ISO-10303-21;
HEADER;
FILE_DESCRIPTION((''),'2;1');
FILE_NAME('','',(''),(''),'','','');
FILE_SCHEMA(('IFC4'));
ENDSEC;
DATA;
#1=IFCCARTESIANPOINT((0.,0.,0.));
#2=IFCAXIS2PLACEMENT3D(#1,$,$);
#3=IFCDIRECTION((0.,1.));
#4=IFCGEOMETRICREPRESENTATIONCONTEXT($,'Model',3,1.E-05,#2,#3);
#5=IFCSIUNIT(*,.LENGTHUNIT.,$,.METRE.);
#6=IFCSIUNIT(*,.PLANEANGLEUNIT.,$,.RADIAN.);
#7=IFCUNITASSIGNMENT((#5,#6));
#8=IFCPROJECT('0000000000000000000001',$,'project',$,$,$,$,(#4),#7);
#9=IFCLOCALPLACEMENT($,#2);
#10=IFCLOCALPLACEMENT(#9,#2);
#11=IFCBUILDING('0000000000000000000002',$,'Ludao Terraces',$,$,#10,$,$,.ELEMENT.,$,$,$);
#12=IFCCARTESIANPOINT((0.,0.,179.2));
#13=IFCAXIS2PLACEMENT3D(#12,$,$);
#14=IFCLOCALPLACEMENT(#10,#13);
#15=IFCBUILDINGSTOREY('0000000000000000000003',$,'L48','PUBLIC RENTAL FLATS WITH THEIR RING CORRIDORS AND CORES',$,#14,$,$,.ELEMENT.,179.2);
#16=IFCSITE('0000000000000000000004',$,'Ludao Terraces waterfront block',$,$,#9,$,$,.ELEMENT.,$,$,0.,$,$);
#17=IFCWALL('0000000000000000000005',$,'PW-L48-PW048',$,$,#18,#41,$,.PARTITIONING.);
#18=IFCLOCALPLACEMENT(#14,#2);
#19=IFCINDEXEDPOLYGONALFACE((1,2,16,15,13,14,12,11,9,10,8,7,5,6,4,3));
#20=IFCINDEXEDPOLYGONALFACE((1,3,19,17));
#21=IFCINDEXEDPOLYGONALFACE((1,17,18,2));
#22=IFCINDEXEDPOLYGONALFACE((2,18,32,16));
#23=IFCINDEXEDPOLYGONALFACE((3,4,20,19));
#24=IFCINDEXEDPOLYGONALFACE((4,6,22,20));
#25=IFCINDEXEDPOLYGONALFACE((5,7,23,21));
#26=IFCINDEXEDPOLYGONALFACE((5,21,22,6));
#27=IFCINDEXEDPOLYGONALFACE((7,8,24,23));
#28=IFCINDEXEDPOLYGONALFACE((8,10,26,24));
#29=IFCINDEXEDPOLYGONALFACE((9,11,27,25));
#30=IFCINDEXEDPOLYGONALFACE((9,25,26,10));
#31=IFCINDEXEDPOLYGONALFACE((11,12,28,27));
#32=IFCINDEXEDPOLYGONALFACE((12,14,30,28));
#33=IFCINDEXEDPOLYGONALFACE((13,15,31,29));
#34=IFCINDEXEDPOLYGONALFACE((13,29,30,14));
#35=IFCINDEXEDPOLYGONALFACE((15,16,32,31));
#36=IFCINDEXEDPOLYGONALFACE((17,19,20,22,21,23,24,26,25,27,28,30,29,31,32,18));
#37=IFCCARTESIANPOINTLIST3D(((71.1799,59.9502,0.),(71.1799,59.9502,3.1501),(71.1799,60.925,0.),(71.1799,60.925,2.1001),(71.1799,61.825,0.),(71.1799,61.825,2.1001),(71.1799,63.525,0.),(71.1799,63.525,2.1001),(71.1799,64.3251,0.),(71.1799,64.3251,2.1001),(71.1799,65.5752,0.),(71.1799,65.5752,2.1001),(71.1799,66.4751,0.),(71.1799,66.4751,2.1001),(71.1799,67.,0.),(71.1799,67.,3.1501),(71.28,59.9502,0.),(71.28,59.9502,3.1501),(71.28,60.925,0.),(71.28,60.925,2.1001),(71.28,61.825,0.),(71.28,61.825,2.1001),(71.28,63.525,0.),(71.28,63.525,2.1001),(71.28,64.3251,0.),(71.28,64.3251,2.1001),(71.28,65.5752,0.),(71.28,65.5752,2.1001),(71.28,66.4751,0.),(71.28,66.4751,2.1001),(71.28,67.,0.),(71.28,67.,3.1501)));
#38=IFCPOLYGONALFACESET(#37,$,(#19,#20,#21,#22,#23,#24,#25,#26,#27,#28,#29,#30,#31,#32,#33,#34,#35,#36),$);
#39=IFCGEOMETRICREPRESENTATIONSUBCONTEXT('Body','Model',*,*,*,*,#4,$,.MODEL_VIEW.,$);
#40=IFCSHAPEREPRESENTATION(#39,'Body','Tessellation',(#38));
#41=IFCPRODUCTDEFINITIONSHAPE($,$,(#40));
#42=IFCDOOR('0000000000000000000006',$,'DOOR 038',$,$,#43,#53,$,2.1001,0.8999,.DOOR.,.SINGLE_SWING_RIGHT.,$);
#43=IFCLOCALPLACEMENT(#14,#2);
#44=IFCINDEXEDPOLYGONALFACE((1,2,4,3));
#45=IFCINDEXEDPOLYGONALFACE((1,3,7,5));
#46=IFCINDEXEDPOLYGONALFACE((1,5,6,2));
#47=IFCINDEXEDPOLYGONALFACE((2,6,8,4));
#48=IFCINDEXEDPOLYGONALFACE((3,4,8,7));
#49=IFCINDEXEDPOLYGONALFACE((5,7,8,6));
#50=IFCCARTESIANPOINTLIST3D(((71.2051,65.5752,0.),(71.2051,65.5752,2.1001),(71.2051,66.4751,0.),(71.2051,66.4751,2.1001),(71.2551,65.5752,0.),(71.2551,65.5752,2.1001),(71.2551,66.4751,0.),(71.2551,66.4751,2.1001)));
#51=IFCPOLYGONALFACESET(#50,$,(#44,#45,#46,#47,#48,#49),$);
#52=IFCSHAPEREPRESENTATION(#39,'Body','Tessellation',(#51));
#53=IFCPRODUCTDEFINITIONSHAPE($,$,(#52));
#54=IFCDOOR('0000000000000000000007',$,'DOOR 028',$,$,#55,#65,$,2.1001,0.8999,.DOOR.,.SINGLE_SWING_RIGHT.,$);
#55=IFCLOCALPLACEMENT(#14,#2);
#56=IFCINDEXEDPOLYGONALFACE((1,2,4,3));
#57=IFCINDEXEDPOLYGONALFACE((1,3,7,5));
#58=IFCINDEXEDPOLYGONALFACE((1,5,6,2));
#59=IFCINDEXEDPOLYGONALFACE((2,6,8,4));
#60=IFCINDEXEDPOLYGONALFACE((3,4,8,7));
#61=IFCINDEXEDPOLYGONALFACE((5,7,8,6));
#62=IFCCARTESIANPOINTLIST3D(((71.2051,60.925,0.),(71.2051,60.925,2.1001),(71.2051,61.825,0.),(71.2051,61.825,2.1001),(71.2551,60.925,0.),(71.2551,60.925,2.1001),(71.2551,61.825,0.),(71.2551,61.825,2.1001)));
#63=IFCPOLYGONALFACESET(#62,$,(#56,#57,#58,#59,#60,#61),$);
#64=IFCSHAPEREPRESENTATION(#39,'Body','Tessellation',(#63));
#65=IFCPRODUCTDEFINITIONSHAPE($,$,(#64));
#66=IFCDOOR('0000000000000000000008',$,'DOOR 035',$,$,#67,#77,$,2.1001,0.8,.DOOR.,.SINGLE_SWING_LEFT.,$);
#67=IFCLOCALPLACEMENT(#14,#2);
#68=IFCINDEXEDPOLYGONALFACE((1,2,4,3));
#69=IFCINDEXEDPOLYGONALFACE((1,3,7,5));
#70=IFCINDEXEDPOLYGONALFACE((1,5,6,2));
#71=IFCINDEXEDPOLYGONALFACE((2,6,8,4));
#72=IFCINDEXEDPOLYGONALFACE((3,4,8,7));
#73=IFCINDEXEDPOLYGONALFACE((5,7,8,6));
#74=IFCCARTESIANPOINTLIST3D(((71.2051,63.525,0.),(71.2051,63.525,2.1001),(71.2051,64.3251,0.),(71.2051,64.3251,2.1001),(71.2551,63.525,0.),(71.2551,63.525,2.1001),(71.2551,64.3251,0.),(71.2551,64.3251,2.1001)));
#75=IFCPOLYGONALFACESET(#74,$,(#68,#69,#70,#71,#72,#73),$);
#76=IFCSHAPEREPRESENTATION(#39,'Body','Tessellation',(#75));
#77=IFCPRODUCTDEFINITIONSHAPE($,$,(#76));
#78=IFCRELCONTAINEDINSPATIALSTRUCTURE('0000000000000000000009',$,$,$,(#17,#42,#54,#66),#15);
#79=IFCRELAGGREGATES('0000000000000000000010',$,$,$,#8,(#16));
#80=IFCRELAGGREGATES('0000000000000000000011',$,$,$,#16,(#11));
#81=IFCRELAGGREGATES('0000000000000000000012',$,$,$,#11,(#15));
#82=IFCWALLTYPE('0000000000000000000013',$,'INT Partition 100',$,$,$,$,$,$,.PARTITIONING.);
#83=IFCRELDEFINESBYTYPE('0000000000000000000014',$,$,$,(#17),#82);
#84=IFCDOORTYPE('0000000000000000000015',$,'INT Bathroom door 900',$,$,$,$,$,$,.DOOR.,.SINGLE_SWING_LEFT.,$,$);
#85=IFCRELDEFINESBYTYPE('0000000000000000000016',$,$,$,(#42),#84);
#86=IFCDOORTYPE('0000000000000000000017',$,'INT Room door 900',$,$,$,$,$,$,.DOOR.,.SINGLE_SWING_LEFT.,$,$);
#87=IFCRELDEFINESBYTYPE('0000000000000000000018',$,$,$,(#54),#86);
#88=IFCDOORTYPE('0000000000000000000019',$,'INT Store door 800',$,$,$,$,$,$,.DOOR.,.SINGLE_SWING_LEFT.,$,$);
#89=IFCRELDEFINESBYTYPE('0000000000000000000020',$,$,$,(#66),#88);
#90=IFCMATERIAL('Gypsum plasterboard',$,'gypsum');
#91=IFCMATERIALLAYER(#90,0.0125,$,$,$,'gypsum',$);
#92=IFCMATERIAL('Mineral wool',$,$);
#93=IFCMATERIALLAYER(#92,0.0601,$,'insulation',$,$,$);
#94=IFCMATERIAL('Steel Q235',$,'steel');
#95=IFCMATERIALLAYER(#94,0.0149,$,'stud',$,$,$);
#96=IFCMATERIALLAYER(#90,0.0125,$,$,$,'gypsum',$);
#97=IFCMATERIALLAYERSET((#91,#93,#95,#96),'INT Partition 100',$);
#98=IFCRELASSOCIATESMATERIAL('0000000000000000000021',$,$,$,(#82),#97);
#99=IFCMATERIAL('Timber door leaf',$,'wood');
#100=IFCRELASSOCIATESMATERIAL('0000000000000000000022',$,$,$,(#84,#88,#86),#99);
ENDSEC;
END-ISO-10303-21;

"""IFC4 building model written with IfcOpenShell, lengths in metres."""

from ifc_helpers import new_model, si_unit, direction, frame, frame_2d, origin, place, context, subcontext, project, spatial, rectangle, extrude, material, layer, layer_set, type_object, element, fill, save


model = new_model("IFC4")

# Units and contexts
model_context = context("Model", 3, precision=1e-05, world=origin(), true_north=direction((0.0, 1.0)))
body_context = subcontext(model_context, "Body", "Model", "MODEL_VIEW")
ifc_project = project(units=[si_unit("LENGTHUNIT", "METRE"), si_unit("PLANEANGLEUNIT", "RADIAN")], contexts=[model_context])

# Site, building, storey
site_placement = place(None, origin())
site = spatial("IfcSite", under=ifc_project, at=site_placement, Name="Ludao Terraces waterfront block", CompositionType="ELEMENT", RefElevation=0.0)
building_placement = place(site_placement, origin())
building = spatial("IfcBuilding", under=site, at=building_placement, Name="Ludao Terraces", CompositionType="ELEMENT")
storey_placement = place(building_placement, frame((0.0, 0.0, 179.2)))
storey = spatial("IfcBuildingStorey", under=building, at=storey_placement, Name="L48", Description="PUBLIC RENTAL FLATS WITH THEIR RING CORRIDORS AND CORES", CompositionType="ELEMENT", Elevation=179.2)

# Shared definitions
ifc_material_1 = material(Name="Timber door leaf", Category="wood")
ifc_material_2 = material(Name="Steel Q235", Category="steel")

# Shared definitions
ifc_material_3 = material(Name="Gypsum plasterboard", Category="gypsum")
ifc_layer_1 = layer(ifc_material_3, 0.0125, Category="gypsum")
ifc_material_4 = material(Name="Mineral wool")
ifc_layer_2 = layer(ifc_material_4, 0.0601, Name="insulation")
ifc_layer_3 = layer(ifc_material_2, 0.0149, Name="stud")
ifc_layer_4 = layer(ifc_material_3, 0.0125, Category="gypsum")
ifc_layer_set_1 = layer_set([ifc_layer_1, ifc_layer_2, ifc_layer_3, ifc_layer_4], Name="INT Partition 100")
wall_type_1 = type_object("IfcWallType", Name="INT Partition 100", PredefinedType="PARTITIONING", material=ifc_layer_set_1)

# Wall, openings, doors
door_type_1 = type_object("IfcDoorType", Name="INT Bathroom door 900", OperationType="SINGLE_SWING_LEFT", PredefinedType="DOOR", material=ifc_material_1)
door_type_2 = type_object("IfcDoorType", Name="INT Store door 800", OperationType="SINGLE_SWING_LEFT", PredefinedType="DOOR", material=ifc_material_1)
wall_1_placement = place(storey_placement, frame((71.23, 59.9502, 0.0), z_axis=(0.0, 0.0, 1.0), x_axis=(0.0, 1.0, 0.0)))
wall_1 = element("IfcWall", 1, at=wall_1_placement, inside=storey, type_object=wall_type_1, Name="PW-L48-PW048", PredefinedType="PARTITIONING", context=body_context, shape_type="SweptSolid", body=[
    extrude(rectangle(XDim=7.0498, YDim=0.1001, at=frame_2d((3.5249, 0.0))), origin(), (0.0, 0.0, 1.0), 3.1501),
])
opening_1_placement = place(wall_1_placement, frame((0.9749, 0.0, 0.0)))
opening_1 = element("IfcOpeningElement", 2, at=opening_1_placement, cuts=wall_1, PredefinedType="OPENING", context=body_context, shape_type="SweptSolid", body=[
    extrude(rectangle(XDim=0.8999, YDim=2.1001, at=frame_2d((0.45, 1.05))), frame((0.0, 0.0601, 0.0), z_axis=(0.0, -1.0, 0.0), x_axis=(1.0, 0.0, 0.0)), (0.0, 0.0, 1.0), 0.1201),
])
opening_2_placement = place(wall_1_placement, frame((3.575, 0.0, 0.0)))
opening_2 = element("IfcOpeningElement", 3, at=opening_2_placement, cuts=wall_1, PredefinedType="OPENING", context=body_context, shape_type="SweptSolid", body=[
    extrude(rectangle(XDim=0.8, YDim=2.1001, at=frame_2d((0.3999, 1.05))), frame((0.0, 0.0601, 0.0), z_axis=(0.0, -1.0, 0.0), x_axis=(1.0, 0.0, 0.0)), (0.0, 0.0, 1.0), 0.1201),
])
opening_3_placement = place(wall_1_placement, frame((5.625, 0.0, 0.0)))
opening_3 = element("IfcOpeningElement", 4, at=opening_3_placement, cuts=wall_1, PredefinedType="OPENING", context=body_context, shape_type="SweptSolid", body=[
    extrude(rectangle(XDim=0.8999, YDim=2.1001, at=frame_2d((0.45, 1.05))), frame((0.0, 0.0601, 0.0), z_axis=(0.0, -1.0, 0.0), x_axis=(1.0, 0.0, 0.0)), (0.0, 0.0, 1.0), 0.1201),
])
door_1_placement = place(opening_3_placement, origin())
door_1 = element("IfcDoor", 5, at=door_1_placement, inside=storey, type_object=door_type_1, Name="DOOR 038", OperationType="SINGLE_SWING_RIGHT", OverallHeight=2.1001, OverallWidth=0.8999, PredefinedType="DOOR", context=body_context, shape_type="SweptSolid", body=[
    extrude(rectangle(XDim=0.8999, YDim=2.1001, at=frame_2d((0.45, 1.05))), frame((0.0, 0.0249, 0.0), z_axis=(0.0, -1.0, 0.0), x_axis=(1.0, 0.0, 0.0)), (0.0, 0.0, 1.0), 0.05),
])
fill(opening_3, door_1)
door_type_3 = type_object("IfcDoorType", Name="INT Room door 900", OperationType="SINGLE_SWING_LEFT", PredefinedType="DOOR", material=ifc_material_1)
door_2_placement = place(opening_1_placement, origin())
door_2 = element("IfcDoor", 6, at=door_2_placement, inside=storey, type_object=door_type_3, Name="DOOR 028", OperationType="SINGLE_SWING_RIGHT", OverallHeight=2.1001, OverallWidth=0.8999, PredefinedType="DOOR", context=body_context, shape_type="SweptSolid", body=[
    extrude(rectangle(XDim=0.8999, YDim=2.1001, at=frame_2d((0.45, 1.05))), frame((0.0, 0.0249, 0.0), z_axis=(0.0, -1.0, 0.0), x_axis=(1.0, 0.0, 0.0)), (0.0, 0.0, 1.0), 0.05),
])
fill(opening_1, door_2)
door_3_placement = place(opening_2_placement, origin())
door_3 = element("IfcDoor", 7, at=door_3_placement, inside=storey, type_object=door_type_2, Name="DOOR 035", OperationType="SINGLE_SWING_LEFT", OverallHeight=2.1001, OverallWidth=0.8, PredefinedType="DOOR", context=body_context, shape_type="SweptSolid", body=[
    extrude(rectangle(XDim=0.8, YDim=2.1001, at=frame_2d((0.3999, 1.05))), frame((0.0, 0.0249, 0.0), z_axis=(0.0, -1.0, 0.0), x_axis=(1.0, 0.0, 0.0)), (0.0, 0.0, 1.0), 0.05),
])
fill(opening_2, door_3)

save(model, "model.ifc")
